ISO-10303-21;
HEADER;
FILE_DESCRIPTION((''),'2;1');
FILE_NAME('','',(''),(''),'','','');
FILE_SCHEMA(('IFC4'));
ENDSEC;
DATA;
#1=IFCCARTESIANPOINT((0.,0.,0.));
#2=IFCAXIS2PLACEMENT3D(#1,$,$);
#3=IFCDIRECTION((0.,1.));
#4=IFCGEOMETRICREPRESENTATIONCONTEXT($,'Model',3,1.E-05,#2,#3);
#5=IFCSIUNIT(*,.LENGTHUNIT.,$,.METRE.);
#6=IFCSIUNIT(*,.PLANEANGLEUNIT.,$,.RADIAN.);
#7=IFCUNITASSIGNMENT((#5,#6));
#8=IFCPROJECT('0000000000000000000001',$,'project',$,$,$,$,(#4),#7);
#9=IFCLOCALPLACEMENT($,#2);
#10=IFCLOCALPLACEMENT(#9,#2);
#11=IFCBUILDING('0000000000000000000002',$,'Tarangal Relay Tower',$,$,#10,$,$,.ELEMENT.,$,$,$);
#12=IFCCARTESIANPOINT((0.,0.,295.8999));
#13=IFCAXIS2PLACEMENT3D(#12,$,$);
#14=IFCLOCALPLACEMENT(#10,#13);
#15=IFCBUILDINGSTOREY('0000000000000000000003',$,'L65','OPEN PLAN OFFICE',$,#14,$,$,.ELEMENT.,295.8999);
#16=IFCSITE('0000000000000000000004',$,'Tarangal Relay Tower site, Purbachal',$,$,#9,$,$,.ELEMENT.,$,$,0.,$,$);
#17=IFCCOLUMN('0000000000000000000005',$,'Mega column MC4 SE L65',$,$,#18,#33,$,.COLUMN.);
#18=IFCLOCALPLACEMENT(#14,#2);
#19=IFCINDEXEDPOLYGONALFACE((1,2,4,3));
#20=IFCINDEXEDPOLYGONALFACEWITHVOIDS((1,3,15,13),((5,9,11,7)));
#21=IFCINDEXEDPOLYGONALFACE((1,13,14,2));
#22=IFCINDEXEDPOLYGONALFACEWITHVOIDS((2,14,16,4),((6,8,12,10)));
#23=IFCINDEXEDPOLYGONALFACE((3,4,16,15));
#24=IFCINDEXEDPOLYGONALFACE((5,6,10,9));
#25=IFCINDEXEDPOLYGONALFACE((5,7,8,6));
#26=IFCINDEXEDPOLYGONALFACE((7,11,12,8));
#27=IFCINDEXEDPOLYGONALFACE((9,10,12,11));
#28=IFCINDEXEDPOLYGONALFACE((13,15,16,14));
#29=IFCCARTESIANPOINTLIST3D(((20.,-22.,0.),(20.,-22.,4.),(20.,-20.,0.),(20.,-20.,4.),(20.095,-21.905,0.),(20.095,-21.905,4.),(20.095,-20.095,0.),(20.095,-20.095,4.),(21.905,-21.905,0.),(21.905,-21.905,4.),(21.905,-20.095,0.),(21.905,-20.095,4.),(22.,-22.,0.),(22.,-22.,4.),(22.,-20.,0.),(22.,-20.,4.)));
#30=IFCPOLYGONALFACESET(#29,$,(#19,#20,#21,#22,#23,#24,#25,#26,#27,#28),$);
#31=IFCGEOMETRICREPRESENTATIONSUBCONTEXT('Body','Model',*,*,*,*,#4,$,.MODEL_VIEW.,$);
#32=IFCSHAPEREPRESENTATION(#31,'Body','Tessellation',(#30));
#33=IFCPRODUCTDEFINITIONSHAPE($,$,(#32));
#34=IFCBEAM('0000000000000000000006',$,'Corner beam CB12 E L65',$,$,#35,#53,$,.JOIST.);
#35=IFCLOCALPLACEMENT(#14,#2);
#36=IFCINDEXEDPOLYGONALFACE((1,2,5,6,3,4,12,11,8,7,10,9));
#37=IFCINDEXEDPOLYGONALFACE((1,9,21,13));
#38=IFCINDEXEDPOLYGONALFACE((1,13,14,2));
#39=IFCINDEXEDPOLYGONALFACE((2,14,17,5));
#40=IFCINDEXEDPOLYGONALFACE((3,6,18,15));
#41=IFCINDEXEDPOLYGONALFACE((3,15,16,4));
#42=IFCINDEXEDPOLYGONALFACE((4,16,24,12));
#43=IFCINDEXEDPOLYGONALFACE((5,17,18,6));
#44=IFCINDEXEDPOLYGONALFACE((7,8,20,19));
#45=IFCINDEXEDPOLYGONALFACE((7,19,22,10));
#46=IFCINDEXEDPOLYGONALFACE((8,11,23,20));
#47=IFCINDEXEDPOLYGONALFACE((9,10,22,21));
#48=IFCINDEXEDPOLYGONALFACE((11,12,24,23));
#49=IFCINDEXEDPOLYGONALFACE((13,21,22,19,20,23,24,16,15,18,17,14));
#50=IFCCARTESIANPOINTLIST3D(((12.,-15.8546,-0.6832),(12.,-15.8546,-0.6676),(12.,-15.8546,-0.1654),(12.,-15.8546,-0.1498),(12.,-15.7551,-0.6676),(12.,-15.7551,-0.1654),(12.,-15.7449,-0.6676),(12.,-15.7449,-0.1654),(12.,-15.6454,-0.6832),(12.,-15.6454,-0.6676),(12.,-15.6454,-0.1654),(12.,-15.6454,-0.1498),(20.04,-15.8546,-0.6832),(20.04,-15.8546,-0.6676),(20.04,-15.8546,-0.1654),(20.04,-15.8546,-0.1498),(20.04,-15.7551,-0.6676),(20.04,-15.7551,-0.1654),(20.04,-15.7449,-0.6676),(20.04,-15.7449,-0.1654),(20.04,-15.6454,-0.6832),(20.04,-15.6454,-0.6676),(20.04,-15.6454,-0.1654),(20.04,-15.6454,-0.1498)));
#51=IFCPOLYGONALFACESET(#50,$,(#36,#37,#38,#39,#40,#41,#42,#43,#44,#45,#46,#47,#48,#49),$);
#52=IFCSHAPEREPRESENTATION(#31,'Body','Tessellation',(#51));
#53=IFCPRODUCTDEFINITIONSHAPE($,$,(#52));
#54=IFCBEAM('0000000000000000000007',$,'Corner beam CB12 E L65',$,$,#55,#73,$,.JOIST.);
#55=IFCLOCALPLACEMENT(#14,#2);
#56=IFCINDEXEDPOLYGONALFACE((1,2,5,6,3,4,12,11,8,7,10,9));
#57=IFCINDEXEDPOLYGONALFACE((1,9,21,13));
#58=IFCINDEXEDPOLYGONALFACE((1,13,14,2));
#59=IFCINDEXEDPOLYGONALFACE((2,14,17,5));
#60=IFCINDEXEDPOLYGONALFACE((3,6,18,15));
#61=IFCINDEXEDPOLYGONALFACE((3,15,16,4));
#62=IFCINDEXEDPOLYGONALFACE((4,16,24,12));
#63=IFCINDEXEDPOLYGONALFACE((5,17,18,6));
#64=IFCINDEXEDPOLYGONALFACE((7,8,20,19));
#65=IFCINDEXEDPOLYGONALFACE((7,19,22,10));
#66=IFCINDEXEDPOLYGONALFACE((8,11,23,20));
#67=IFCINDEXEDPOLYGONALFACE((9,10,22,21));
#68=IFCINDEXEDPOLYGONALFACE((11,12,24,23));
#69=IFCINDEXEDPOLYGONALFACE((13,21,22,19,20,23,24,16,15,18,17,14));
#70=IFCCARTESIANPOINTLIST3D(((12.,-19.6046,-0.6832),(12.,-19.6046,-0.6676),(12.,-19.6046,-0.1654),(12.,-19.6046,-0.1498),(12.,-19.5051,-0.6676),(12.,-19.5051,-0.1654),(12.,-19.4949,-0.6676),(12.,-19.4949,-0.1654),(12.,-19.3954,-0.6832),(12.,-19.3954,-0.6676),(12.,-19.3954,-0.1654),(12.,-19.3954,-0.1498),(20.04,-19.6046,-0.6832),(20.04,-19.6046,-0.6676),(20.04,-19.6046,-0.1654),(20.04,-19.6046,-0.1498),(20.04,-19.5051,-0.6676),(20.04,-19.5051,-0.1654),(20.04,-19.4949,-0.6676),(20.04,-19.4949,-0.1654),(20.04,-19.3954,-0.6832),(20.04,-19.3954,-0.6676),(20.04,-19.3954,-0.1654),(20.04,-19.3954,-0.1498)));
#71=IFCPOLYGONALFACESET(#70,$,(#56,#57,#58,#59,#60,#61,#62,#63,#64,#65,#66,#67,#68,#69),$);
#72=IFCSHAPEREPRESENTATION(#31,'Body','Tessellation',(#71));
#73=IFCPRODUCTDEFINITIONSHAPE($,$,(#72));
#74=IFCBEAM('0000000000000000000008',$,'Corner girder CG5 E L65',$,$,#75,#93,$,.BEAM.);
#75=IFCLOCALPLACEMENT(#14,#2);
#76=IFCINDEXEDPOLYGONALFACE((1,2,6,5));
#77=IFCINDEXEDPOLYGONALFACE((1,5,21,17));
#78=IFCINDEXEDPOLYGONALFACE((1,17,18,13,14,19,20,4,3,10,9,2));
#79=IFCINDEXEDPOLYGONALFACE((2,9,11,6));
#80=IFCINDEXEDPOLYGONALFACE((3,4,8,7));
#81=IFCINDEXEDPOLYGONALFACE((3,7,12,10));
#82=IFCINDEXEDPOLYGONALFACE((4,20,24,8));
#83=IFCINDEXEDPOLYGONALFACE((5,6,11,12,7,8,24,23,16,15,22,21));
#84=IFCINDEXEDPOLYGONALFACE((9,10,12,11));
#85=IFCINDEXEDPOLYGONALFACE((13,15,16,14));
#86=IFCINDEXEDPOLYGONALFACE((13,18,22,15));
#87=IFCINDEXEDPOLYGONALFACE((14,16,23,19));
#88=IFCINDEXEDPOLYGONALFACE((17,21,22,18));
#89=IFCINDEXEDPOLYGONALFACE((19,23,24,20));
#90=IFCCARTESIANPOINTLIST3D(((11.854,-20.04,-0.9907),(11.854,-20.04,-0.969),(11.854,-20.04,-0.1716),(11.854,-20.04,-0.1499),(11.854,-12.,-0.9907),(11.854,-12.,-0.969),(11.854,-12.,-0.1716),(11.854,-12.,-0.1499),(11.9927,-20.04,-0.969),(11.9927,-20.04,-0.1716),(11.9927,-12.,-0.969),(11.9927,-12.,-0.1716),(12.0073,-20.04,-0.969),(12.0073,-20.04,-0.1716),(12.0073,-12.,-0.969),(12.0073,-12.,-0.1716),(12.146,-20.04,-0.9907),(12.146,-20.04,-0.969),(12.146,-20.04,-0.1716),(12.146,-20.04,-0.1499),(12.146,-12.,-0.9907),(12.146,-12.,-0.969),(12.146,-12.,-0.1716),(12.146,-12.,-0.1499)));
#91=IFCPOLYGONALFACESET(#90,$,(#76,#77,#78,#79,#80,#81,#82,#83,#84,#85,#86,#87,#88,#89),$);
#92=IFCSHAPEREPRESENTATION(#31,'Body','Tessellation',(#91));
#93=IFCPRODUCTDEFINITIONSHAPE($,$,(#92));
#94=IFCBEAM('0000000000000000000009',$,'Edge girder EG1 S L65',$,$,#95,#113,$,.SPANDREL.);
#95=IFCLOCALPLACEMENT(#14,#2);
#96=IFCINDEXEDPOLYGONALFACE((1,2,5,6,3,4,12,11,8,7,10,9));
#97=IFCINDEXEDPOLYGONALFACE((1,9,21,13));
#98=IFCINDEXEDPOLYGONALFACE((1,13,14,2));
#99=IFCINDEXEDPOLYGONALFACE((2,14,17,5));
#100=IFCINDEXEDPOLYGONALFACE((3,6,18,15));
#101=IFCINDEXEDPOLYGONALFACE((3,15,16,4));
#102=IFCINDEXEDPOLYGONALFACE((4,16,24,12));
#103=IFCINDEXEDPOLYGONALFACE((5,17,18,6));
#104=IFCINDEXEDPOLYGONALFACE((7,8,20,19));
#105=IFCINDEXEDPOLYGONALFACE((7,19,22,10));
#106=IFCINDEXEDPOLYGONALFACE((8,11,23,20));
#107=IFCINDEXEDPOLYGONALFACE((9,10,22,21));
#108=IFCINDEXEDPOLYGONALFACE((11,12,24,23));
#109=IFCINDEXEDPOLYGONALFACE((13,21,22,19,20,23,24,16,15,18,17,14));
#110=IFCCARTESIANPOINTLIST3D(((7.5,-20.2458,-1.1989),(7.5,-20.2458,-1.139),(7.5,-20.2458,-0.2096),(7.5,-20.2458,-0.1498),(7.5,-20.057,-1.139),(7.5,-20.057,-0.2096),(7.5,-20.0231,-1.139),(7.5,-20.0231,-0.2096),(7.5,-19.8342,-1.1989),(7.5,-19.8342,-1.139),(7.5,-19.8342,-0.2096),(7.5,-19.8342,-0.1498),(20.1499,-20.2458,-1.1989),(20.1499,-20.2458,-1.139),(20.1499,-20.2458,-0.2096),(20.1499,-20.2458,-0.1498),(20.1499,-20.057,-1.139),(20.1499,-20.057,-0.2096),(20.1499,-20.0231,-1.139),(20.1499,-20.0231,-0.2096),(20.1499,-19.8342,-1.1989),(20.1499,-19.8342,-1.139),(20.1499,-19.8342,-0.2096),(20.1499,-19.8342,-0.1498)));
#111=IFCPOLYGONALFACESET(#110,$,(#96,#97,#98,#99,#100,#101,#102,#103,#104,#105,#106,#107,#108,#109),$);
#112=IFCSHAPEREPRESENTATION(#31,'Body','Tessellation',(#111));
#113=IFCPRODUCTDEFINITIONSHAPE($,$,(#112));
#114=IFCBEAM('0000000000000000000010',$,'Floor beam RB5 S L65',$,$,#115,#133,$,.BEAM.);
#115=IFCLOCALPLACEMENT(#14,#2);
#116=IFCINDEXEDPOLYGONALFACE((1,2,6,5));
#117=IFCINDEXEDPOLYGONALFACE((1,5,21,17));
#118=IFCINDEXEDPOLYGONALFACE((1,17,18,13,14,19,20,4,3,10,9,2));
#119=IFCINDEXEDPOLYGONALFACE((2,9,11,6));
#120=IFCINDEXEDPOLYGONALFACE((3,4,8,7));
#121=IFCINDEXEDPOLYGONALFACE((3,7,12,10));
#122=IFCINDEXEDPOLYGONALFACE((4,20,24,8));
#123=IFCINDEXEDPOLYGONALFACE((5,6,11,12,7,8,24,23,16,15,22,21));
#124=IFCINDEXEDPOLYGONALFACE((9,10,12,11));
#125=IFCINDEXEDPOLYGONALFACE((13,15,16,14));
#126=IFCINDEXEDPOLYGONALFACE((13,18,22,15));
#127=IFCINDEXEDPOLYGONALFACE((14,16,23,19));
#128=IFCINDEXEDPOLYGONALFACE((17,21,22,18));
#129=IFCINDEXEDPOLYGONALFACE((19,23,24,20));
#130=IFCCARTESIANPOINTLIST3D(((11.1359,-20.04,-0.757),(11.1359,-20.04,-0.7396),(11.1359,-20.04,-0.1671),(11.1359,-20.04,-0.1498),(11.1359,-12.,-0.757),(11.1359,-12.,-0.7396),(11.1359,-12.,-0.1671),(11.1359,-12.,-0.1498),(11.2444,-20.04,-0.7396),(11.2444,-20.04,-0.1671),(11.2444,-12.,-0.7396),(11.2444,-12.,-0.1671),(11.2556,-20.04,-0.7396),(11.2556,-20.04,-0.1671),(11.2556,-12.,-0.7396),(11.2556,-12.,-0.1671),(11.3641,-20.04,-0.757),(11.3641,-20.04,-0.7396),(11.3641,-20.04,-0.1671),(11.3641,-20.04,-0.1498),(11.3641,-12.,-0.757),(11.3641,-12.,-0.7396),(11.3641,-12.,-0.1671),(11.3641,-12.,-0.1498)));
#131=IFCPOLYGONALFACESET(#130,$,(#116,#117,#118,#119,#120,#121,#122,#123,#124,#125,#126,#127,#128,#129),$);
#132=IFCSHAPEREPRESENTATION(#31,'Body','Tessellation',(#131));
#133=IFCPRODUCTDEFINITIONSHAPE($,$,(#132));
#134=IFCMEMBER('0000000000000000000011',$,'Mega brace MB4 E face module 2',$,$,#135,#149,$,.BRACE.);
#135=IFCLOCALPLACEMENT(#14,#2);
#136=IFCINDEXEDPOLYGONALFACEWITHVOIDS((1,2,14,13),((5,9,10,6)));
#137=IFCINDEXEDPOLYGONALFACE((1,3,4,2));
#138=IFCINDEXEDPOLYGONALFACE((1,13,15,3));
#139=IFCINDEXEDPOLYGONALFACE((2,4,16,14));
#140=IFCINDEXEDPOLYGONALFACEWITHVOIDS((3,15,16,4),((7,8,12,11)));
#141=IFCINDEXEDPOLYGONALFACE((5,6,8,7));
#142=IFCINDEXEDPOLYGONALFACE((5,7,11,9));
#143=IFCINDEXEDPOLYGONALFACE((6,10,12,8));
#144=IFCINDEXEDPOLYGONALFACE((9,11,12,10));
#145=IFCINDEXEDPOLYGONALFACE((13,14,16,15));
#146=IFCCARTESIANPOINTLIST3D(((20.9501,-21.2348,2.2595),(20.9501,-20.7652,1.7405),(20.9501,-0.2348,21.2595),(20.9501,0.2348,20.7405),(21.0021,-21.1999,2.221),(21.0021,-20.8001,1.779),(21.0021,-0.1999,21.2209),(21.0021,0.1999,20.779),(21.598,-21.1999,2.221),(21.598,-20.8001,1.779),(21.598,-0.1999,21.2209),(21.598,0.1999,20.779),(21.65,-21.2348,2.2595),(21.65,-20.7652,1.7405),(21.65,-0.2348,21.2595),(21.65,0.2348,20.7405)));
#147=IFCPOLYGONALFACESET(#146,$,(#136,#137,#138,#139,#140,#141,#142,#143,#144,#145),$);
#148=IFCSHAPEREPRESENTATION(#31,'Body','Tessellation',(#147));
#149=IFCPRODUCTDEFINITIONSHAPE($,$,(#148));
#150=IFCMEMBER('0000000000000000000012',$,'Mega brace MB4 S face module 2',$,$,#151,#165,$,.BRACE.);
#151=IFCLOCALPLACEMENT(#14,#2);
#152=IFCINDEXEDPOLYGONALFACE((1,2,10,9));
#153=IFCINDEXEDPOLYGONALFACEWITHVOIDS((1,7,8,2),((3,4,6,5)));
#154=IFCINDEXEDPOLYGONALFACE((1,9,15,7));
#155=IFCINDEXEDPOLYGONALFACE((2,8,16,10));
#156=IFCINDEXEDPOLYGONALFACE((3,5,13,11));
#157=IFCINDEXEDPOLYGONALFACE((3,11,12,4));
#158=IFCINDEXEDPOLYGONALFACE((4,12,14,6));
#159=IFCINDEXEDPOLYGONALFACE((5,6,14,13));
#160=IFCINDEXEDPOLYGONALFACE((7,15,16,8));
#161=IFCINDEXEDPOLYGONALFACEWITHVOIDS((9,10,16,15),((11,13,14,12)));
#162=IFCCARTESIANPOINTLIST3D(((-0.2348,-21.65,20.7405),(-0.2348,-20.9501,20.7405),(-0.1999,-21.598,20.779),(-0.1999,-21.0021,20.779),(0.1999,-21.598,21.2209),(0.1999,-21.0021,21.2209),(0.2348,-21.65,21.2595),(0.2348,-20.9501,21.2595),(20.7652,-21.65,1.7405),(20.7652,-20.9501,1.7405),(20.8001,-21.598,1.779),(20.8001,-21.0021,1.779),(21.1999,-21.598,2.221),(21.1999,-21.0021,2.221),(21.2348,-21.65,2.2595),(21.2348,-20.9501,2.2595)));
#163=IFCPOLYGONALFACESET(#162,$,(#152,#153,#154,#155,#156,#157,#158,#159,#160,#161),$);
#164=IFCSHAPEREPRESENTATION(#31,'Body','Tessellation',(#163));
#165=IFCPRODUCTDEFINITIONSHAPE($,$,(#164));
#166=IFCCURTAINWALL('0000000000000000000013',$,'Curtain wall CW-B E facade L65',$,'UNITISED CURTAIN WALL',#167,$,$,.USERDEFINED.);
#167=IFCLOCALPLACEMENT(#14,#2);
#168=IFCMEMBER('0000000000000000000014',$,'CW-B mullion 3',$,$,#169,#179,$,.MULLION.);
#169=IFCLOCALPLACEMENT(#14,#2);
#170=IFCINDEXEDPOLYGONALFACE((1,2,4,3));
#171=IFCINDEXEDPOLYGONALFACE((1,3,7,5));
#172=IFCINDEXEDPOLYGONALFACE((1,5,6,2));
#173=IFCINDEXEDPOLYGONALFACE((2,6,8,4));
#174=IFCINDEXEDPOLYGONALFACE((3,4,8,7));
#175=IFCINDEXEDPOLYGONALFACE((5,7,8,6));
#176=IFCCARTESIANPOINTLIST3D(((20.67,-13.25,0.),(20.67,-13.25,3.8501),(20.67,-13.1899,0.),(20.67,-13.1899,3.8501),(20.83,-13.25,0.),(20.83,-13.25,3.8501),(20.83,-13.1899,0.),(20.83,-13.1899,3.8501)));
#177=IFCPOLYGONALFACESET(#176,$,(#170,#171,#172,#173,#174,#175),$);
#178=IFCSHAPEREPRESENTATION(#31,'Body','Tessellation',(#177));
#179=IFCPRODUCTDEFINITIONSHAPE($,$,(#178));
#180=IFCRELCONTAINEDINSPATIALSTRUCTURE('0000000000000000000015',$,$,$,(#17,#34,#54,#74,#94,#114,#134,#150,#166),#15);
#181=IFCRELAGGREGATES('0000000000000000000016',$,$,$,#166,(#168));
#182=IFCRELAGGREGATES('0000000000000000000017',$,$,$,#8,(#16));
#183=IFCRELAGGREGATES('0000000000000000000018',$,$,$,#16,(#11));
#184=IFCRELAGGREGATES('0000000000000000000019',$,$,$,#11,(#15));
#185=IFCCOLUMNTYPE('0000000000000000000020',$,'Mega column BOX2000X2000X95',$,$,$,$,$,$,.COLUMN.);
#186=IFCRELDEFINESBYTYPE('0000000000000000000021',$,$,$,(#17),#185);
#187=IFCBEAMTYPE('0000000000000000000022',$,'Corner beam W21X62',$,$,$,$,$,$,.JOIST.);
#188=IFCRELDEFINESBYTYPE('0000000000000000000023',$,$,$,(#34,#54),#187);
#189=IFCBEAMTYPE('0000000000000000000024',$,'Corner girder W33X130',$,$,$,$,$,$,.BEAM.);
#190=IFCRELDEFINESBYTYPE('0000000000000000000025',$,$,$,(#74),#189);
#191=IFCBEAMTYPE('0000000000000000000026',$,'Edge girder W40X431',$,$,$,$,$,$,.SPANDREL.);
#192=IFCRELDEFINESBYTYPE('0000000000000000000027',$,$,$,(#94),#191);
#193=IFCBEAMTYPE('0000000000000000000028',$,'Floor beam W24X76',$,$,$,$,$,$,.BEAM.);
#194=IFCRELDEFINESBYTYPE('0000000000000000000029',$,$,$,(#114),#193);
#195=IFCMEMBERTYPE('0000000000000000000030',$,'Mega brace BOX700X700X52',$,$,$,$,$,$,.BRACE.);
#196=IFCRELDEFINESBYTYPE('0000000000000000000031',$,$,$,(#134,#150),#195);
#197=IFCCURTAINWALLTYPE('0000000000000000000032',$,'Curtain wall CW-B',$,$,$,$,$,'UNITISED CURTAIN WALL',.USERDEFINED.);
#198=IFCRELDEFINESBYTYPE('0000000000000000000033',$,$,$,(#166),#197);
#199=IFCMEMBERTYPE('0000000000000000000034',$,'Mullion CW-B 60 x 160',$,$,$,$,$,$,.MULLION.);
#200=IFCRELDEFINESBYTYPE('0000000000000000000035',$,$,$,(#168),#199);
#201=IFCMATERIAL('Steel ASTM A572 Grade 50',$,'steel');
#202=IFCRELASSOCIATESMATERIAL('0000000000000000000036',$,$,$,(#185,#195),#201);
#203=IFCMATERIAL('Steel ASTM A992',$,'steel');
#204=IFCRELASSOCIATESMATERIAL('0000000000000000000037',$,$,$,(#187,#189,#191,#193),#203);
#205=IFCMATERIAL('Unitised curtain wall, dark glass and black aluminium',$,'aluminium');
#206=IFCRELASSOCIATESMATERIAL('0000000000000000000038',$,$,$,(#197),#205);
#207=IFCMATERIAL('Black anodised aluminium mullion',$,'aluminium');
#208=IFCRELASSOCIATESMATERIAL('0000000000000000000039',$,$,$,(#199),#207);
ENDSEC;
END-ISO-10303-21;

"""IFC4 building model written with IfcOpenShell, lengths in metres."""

from ifc_helpers import new_model, si_unit, direction, frame, origin, origin_2d, place, context, subcontext, project, spatial, rectangle, hollow_rectangle, i_section, extrude, material, material_profile, profile_set, type_object, element, aggregate, save


model = new_model("IFC4")

# Units and contexts
model_context = context("Model", 3, precision=1e-05, world=origin(), true_north=direction((0.0, 1.0)))
body_context = subcontext(model_context, "Body", "Model", "MODEL_VIEW")
ifc_project = project(units=[si_unit("LENGTHUNIT", "METRE"), si_unit("PLANEANGLEUNIT", "RADIAN")], contexts=[model_context])

# Site, building, storey
site_placement = place(None, origin())
site = spatial("IfcSite", under=ifc_project, at=site_placement, Name="Tarangal Relay Tower site, Purbachal", CompositionType="ELEMENT", RefElevation=0.0)
building_placement = place(site_placement, origin())
building = spatial("IfcBuilding", under=site, at=building_placement, Name="Tarangal Relay Tower", CompositionType="ELEMENT")
storey_placement = place(building_placement, frame((0.0, 0.0, 295.8999)))
storey = spatial("IfcBuildingStorey", under=building, at=storey_placement, Name="L65", Description="OPEN PLAN OFFICE", CompositionType="ELEMENT", Elevation=295.8999)

# Column
ifc_material_1 = material(Name="Steel ASTM A572 Grade 50", Category="steel")
ifc_material_profile_1 = material_profile(ifc_material_1, hollow_rectangle(XDim=2.0, YDim=2.0, WallThickness=0.095, at=origin_2d()), Name="BOX2000X2000X95")
ifc_profile_set_1 = profile_set([ifc_material_profile_1], Name="Steel ASTM A572 Grade 50")
column_type = type_object("IfcColumnType", Name="Mega column BOX2000X2000X95", PredefinedType="COLUMN", material=ifc_profile_set_1)
column_placement = place(storey_placement, frame((21.0, -21.0, 0.0), z_axis=(0.0, 0.0, 1.0), x_axis=(1.0, 0.0, 0.0)))
element("IfcColumn", 1, at=column_placement, inside=storey, type_object=column_type, Name="Mega column MC4 SE L65", PredefinedType="COLUMN", context=body_context, shape_type="SweptSolid", body=[
    extrude(hollow_rectangle(XDim=2.0, YDim=2.0, WallThickness=0.095, at=origin_2d()), origin(), (0.0, 0.0, 1.0), 4.0),
])

# Beams
ifc_material_2 = material(Name="Steel ASTM A992", Category="steel")
ifc_material_profile_2 = material_profile(ifc_material_2, i_section(OverallWidth=0.2092, OverallDepth=0.5334, WebThickness=0.0103, FlangeThickness=0.0156, at=origin_2d()), Name="W21X62")
ifc_profile_set_2 = profile_set([ifc_material_profile_2], Name="Steel ASTM A992")
beam_type_1 = type_object("IfcBeamType", Name="Corner beam W21X62", PredefinedType="JOIST", material=ifc_profile_set_2)
for number, where, z_axis, x_axis, name in (
    (2, (12.0, -15.75, -0.4165), (1.0, 0.0, 0.0), (0.0, 1.0, 0.0), "Corner beam CB12 E L65"),
    (3, (12.0, -19.5, -0.4165), (1.0, 0.0, 0.0), (0.0, 1.0, 0.0), "Corner beam CB12 E L65"),
):
    element("IfcBeam", number, at=place(storey_placement, frame(where, z_axis=z_axis, x_axis=x_axis)), inside=storey, type_object=beam_type_1, Name=name, PredefinedType="JOIST", context=body_context, shape_type="SweptSolid", body=[
        extrude(i_section(OverallWidth=0.2092, OverallDepth=0.5334, WebThickness=0.0103, FlangeThickness=0.0156, at=origin_2d()), origin(), (0.0, 0.0, 1.0), 8.04),
    ])
ifc_material_profile_3 = material_profile(ifc_material_2, i_section(OverallWidth=0.292, OverallDepth=0.8408, WebThickness=0.0146, FlangeThickness=0.0217, at=origin_2d()), Name="W33X130")
ifc_profile_set_3 = profile_set([ifc_material_profile_3], Name="Steel ASTM A992")
beam_type_2 = type_object("IfcBeamType", Name="Corner girder W33X130", PredefinedType="BEAM", material=ifc_profile_set_3)
beam_1_placement = place(storey_placement, frame((12.0, -12.0, -0.5703), z_axis=(0.0, -1.0, 0.0), x_axis=(1.0, 0.0, 0.0)))
element("IfcBeam", 4, at=beam_1_placement, inside=storey, type_object=beam_type_2, Name="Corner girder CG5 E L65", PredefinedType="BEAM", context=body_context, shape_type="SweptSolid", body=[
    extrude(i_section(OverallWidth=0.292, OverallDepth=0.8408, WebThickness=0.0146, FlangeThickness=0.0217, at=origin_2d()), origin(), (0.0, 0.0, 1.0), 8.04),
])
ifc_material_profile_4 = material_profile(ifc_material_2, i_section(OverallWidth=0.4116, OverallDepth=1.0491, WebThickness=0.0339, FlangeThickness=0.0598, at=origin_2d()), Name="W40X431")
ifc_profile_set_4 = profile_set([ifc_material_profile_4], Name="Steel ASTM A992")
beam_type_3 = type_object("IfcBeamType", Name="Edge girder W40X431", PredefinedType="SPANDREL", material=ifc_profile_set_4)
beam_2_placement = place(storey_placement, frame((20.1499, -20.04, -0.6743), z_axis=(-1.0, 0.0, 0.0), x_axis=(0.0, -1.0, 0.0)))
element("IfcBeam", 5, at=beam_2_placement, inside=storey, type_object=beam_type_3, Name="Edge girder EG1 S L65", PredefinedType="SPANDREL", context=body_context, shape_type="SweptSolid", body=[
    extrude(i_section(OverallWidth=0.4116, OverallDepth=1.0491, WebThickness=0.0339, FlangeThickness=0.0598, at=origin_2d()), origin(), (0.0, 0.0, 1.0), 12.6499),
])
ifc_material_profile_5 = material_profile(ifc_material_2, i_section(OverallWidth=0.2283, OverallDepth=0.6072, WebThickness=0.0112, FlangeThickness=0.0173, at=origin_2d()), Name="W24X76")
ifc_profile_set_5 = profile_set([ifc_material_profile_5], Name="Steel ASTM A992")
beam_type_4 = type_object("IfcBeamType", Name="Floor beam W24X76", PredefinedType="BEAM", material=ifc_profile_set_5)
beam_3_placement = place(storey_placement, frame((11.25, -12.0, -0.4534), z_axis=(0.0, -1.0, 0.0), x_axis=(1.0, 0.0, 0.0)))
element("IfcBeam", 6, at=beam_3_placement, inside=storey, type_object=beam_type_4, Name="Floor beam RB5 S L65", PredefinedType="BEAM", context=body_context, shape_type="SweptSolid", body=[
    extrude(i_section(OverallWidth=0.2283, OverallDepth=0.6072, WebThickness=0.0112, FlangeThickness=0.0173, at=origin_2d()), origin(), (0.0, 0.0, 1.0), 8.04),
])

# Members
ifc_material_profile_6 = material_profile(ifc_material_1, hollow_rectangle(XDim=0.7, YDim=0.7, WallThickness=0.052, at=origin_2d()), Name="BOX700X700X52")
ifc_profile_set_6 = profile_set([ifc_material_profile_6], Name="Steel ASTM A572 Grade 50")
member_type_1 = type_object("IfcMemberType", Name="Mega brace BOX700X700X52", PredefinedType="BRACE", material=ifc_profile_set_6)
for number, where, z_axis, x_axis, name in (
    (7, (21.3, -21.0, 2.0), (0.0, 0.741536, 0.670913), (-1.0, 0.0, 0.0), "Mega brace MB4 E face module 2"),
    (8, (21.0, -21.3, 2.0), (-0.741536, 0.0, 0.670913), (0.0, -1.0, 0.0), "Mega brace MB4 S face module 2"),
):
    element("IfcMember", number, at=place(storey_placement, frame(where, z_axis=z_axis, x_axis=x_axis)), inside=storey, type_object=member_type_1, Name=name, PredefinedType="BRACE", context=body_context, shape_type="SweptSolid", body=[
        extrude(hollow_rectangle(XDim=0.7, YDim=0.7, WallThickness=0.052, at=origin_2d()), origin(), (0.0, 0.0, 1.0), 28.3196),
    ])

# Curtain wall, member
ifc_material_3 = material(Name="Unitised curtain wall, dark glass and black aluminium", Category="aluminium")
curtain_wall_type = type_object("IfcCurtainWallType", Name="Curtain wall CW-B", ElementType="UNITISED CURTAIN WALL", PredefinedType="USERDEFINED", material=ifc_material_3)
curtain_wall_1_placement = place(storey_placement, origin())
curtain_wall_1 = element("IfcCurtainWall", 9, at=curtain_wall_1_placement, inside=storey, type_object=curtain_wall_type, Name="Curtain wall CW-B E facade L65", ObjectType="UNITISED CURTAIN WALL", PredefinedType="USERDEFINED")
ifc_material_4 = material(Name="Black anodised aluminium mullion", Category="aluminium")
ifc_material_profile_7 = material_profile(ifc_material_4, rectangle(XDim=0.1599, YDim=0.0601, at=origin_2d()), Name="CW-BM 60X160")
ifc_profile_set_7 = profile_set([ifc_material_profile_7], Name="Black anodised aluminium mullion")
member_type_2 = type_object("IfcMemberType", Name="Mullion CW-B 60 x 160", PredefinedType="MULLION", material=ifc_profile_set_7)
member_1_placement = place(storey_placement, frame((20.75, -13.22, 0.0), z_axis=(0.0, 0.0, 1.0), x_axis=(1.0, 0.0, 0.0)))
member_1 = element("IfcMember", 10, at=member_1_placement, type_object=member_type_2, Name="CW-B mullion 3", PredefinedType="MULLION", context=body_context, shape_type="SweptSolid", body=[
    extrude(rectangle(XDim=0.1599, YDim=0.0601, at=origin_2d()), origin(), (0.0, 0.0, 1.0), 3.8501),
])

aggregate(curtain_wall_1, [member_1])

save(model, "model.ifc")
